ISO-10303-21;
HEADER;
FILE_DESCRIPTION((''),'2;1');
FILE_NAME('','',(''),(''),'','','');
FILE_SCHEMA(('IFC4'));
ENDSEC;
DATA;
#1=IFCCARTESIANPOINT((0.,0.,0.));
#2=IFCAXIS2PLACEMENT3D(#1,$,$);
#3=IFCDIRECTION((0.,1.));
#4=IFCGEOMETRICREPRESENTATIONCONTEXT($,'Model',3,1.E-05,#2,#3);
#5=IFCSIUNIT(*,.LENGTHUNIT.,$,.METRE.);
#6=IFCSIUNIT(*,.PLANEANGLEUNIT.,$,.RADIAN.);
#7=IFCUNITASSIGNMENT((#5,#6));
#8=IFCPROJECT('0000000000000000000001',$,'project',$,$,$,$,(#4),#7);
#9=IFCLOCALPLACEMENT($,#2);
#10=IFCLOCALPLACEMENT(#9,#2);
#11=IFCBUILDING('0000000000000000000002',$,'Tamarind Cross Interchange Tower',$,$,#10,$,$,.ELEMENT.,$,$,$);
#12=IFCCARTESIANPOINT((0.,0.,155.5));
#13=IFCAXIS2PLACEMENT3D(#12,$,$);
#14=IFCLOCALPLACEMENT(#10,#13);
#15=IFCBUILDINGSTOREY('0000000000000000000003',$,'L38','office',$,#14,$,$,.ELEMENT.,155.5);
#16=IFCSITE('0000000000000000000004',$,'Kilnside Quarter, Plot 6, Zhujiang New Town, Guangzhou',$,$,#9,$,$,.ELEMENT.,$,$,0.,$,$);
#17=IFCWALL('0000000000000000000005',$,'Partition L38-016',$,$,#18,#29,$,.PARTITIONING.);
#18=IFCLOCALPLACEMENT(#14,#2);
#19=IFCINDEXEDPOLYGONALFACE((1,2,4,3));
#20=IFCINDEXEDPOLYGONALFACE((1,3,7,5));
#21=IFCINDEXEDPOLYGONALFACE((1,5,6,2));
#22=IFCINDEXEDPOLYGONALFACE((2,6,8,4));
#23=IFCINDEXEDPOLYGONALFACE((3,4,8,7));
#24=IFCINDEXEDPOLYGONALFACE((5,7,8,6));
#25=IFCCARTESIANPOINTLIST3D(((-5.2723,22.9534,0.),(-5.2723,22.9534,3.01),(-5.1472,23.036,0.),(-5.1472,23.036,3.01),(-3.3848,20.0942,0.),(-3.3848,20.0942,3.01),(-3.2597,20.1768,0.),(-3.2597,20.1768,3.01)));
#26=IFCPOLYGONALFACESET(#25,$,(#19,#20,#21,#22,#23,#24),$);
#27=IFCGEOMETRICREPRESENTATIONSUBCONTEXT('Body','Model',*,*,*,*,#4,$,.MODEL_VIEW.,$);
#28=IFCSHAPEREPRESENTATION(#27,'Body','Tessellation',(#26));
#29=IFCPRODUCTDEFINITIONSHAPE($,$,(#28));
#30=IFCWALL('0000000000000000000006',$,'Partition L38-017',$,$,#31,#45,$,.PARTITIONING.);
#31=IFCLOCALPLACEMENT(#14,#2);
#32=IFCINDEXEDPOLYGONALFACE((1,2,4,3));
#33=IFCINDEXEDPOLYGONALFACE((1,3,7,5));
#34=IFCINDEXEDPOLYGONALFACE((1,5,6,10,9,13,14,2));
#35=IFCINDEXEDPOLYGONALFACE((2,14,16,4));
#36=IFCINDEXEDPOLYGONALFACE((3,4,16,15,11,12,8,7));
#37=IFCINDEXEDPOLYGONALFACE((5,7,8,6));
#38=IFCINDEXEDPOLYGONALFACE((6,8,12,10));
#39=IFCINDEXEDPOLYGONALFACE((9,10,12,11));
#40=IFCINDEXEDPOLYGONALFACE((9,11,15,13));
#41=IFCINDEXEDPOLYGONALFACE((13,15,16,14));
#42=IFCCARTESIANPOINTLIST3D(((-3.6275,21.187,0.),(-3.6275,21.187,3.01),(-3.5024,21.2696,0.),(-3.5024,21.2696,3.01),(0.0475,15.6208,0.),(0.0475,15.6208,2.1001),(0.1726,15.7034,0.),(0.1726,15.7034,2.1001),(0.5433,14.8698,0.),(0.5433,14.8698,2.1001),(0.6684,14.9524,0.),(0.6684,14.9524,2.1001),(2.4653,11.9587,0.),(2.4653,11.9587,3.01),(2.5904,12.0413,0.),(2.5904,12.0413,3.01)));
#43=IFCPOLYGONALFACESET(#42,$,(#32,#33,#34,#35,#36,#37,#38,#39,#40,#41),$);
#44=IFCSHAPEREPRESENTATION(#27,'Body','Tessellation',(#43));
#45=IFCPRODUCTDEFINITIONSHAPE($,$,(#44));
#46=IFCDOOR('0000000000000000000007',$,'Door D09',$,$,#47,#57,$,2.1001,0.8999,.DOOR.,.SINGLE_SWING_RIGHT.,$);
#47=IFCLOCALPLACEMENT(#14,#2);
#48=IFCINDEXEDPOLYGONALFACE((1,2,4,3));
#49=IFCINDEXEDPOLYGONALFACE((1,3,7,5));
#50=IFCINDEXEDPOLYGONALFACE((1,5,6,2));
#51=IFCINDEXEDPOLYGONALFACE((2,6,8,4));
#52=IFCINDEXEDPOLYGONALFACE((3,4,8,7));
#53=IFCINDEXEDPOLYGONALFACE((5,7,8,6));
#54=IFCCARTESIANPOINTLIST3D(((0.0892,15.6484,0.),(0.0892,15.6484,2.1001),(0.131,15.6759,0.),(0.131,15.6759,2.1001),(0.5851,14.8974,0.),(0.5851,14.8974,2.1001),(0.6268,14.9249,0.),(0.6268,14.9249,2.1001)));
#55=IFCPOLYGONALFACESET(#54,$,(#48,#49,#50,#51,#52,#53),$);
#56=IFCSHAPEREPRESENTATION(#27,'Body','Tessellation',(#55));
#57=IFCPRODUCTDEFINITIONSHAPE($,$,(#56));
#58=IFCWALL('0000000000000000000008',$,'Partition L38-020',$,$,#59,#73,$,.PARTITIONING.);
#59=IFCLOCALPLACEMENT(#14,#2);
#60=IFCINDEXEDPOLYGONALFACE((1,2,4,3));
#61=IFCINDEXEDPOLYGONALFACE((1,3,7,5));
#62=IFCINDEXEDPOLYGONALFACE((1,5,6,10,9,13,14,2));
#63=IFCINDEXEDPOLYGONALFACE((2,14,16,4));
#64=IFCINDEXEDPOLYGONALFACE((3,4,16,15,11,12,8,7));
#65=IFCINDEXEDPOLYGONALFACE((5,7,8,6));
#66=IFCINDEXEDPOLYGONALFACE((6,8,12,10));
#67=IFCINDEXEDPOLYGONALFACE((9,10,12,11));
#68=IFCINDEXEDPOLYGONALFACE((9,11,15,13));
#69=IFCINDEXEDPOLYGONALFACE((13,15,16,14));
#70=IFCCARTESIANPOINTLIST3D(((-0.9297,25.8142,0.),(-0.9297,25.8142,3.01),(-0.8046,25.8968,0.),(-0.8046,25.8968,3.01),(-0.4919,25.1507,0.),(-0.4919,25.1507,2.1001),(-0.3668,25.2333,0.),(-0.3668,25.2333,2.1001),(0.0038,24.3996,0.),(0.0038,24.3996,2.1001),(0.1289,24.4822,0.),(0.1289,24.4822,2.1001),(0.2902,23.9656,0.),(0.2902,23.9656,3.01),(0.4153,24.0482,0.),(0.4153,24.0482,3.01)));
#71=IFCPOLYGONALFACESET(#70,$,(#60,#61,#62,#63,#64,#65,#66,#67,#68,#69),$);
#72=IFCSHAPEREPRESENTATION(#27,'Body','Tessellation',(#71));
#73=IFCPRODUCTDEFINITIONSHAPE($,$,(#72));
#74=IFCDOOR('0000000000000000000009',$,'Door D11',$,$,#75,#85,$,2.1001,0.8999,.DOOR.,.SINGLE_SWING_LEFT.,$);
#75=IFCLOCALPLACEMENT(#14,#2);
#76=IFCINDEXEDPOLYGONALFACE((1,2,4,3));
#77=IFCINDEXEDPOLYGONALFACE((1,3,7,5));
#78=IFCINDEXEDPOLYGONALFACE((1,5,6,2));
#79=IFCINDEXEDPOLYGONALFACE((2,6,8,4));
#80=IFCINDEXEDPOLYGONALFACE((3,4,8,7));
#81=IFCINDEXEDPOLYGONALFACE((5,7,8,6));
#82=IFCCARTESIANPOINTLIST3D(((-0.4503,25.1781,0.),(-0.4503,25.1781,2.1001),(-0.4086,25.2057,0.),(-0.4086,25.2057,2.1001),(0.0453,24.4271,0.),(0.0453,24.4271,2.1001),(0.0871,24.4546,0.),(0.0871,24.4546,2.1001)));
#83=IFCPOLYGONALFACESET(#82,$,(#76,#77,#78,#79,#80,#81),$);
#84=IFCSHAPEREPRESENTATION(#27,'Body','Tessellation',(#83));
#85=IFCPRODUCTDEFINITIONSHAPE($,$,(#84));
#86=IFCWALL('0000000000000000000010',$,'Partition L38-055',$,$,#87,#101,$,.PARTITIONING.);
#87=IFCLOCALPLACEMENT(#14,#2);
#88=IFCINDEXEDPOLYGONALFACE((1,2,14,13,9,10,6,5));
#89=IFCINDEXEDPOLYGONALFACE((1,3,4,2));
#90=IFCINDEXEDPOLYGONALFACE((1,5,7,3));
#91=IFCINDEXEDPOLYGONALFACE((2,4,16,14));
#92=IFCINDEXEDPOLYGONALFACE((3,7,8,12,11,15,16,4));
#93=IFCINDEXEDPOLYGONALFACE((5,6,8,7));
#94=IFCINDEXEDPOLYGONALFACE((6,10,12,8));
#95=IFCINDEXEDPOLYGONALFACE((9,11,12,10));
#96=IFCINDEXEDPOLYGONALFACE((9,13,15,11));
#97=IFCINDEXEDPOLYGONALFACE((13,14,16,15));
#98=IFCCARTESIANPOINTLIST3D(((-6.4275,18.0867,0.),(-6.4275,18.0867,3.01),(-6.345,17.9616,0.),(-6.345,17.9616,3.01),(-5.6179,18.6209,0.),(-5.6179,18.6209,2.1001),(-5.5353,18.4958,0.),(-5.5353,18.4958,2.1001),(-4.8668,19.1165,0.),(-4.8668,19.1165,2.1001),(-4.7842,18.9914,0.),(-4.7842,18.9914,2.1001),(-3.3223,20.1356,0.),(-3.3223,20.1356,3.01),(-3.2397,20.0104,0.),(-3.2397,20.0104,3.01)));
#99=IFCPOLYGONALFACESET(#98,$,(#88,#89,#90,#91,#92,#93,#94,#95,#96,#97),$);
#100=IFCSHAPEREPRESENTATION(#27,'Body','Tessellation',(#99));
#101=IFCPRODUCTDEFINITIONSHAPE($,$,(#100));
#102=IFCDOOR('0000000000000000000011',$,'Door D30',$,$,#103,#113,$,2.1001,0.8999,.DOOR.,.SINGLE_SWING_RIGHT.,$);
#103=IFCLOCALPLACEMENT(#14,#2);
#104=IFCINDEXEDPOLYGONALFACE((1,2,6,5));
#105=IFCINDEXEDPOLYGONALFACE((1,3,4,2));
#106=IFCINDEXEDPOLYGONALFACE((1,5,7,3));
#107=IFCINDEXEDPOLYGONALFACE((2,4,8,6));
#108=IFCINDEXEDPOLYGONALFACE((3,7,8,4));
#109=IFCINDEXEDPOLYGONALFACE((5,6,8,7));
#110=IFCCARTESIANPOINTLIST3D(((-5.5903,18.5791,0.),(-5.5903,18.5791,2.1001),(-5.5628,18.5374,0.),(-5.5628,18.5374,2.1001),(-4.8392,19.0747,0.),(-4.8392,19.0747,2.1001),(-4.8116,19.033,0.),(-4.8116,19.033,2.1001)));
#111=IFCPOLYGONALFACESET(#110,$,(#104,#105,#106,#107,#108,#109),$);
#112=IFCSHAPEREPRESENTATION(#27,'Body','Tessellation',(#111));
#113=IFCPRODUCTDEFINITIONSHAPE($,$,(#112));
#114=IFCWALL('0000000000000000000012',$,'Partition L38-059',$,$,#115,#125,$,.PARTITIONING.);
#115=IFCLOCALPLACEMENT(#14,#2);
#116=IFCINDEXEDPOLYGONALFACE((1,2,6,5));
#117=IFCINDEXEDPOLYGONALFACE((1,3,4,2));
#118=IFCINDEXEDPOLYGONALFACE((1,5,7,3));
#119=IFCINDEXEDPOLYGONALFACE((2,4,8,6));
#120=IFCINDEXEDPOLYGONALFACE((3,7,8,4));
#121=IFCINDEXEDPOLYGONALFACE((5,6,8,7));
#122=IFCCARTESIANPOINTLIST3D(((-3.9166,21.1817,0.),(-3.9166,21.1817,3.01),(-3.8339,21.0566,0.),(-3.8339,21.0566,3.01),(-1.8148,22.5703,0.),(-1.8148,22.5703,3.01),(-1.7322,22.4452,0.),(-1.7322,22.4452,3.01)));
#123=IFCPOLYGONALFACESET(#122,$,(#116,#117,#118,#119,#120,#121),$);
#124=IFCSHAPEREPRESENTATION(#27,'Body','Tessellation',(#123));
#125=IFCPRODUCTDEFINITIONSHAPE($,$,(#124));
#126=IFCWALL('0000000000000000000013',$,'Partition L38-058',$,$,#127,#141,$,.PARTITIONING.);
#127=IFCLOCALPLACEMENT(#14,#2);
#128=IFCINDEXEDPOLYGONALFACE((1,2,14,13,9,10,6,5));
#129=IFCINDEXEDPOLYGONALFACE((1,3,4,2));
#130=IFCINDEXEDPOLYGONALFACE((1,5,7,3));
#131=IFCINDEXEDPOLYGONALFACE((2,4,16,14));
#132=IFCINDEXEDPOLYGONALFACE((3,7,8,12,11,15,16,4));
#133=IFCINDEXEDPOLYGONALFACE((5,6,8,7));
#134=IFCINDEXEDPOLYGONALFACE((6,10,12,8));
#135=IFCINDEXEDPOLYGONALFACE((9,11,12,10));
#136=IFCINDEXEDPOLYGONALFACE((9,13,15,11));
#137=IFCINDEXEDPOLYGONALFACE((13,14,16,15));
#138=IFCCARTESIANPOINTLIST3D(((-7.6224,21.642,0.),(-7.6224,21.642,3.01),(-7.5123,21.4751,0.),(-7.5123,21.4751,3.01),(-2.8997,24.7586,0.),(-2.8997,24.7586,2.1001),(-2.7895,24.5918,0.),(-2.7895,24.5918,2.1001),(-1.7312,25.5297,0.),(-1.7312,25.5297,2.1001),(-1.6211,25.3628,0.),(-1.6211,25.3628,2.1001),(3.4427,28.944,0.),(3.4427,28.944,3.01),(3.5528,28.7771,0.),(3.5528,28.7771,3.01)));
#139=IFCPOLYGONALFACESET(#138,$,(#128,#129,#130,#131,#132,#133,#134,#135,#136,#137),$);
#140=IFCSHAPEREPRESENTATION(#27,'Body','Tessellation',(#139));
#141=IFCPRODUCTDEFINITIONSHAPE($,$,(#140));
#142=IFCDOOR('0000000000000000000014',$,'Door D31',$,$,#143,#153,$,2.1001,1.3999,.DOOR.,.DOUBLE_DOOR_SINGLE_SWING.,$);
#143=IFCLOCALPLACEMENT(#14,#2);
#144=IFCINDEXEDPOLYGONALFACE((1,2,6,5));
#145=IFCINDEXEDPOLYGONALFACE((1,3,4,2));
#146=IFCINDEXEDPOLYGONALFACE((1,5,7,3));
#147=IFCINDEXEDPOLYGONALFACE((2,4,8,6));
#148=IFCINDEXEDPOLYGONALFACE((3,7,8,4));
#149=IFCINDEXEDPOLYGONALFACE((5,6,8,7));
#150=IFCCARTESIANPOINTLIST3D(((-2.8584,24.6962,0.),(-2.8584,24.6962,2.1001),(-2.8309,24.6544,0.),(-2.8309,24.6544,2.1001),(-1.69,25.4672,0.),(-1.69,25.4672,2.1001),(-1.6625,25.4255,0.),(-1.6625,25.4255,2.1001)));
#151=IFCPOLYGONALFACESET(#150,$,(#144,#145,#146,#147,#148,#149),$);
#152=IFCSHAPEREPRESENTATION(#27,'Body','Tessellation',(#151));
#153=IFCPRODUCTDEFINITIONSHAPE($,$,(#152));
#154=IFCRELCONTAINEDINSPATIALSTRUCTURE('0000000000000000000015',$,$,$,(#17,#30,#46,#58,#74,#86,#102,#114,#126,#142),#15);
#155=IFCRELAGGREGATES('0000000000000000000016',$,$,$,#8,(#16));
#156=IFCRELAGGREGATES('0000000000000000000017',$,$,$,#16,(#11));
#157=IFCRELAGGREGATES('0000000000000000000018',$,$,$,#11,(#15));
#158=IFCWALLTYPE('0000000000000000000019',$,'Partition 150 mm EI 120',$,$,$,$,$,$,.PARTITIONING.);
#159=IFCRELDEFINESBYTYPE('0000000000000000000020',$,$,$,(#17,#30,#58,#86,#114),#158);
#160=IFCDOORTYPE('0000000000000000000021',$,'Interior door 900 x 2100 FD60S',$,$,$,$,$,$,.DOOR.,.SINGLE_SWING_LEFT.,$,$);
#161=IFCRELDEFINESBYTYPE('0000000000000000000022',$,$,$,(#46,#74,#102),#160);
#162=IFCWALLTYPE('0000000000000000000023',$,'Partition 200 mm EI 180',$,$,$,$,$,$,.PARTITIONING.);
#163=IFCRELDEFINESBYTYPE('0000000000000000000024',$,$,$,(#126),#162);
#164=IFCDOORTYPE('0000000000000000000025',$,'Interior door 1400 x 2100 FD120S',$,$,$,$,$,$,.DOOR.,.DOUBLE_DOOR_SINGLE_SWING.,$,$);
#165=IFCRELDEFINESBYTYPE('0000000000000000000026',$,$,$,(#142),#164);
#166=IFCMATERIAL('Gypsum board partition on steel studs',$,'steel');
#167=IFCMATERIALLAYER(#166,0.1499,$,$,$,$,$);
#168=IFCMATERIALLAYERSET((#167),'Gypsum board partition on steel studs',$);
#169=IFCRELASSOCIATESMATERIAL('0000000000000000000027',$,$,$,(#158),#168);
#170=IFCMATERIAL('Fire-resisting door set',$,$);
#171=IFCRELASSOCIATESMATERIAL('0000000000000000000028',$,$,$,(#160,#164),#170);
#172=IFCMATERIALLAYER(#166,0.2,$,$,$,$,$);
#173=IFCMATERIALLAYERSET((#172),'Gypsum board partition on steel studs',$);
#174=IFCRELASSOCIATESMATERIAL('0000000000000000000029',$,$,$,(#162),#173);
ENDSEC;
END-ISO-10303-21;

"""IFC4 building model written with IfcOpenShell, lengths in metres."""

from ifc_helpers import new_model, si_unit, direction, frame, frame_2d, origin, place, context, subcontext, project, spatial, rectangle, extrude, material, layer, layer_set, type_object, element, fill, save


model = new_model("IFC4")

# Units and contexts
model_context = context("Model", 3, precision=1e-05, world=origin(), true_north=direction((0.0, 1.0)))
body_context = subcontext(model_context, "Body", "Model", "MODEL_VIEW")
ifc_project = project(units=[si_unit("LENGTHUNIT", "METRE"), si_unit("PLANEANGLEUNIT", "RADIAN")], contexts=[model_context])

# Site, building, storey
site_placement = place(None, origin())
site = spatial("IfcSite", under=ifc_project, at=site_placement, Name="Kilnside Quarter, Plot 6, Zhujiang New Town, Guangzhou", CompositionType="ELEMENT", RefElevation=0.0)
building_placement = place(site_placement, origin())
building = spatial("IfcBuilding", under=site, at=building_placement, Name="Tamarind Cross Interchange Tower", CompositionType="ELEMENT")
storey_placement = place(building_placement, frame((0.0, 0.0, 155.5)))
storey = spatial("IfcBuildingStorey", under=building, at=storey_placement, Name="L38", Description="office", CompositionType="ELEMENT", Elevation=155.5)

# Wall
ifc_material_1 = material(Name="Gypsum board partition on steel studs", Category="steel")
ifc_layer_1 = layer(ifc_material_1, 0.1499)
ifc_layer_set_1 = layer_set([ifc_layer_1], Name="Gypsum board partition on steel studs")
wall_type_1 = type_object("IfcWallType", Name="Partition 150 mm EI 120", PredefinedType="PARTITIONING", material=ifc_layer_set_1)
wall_1_placement = place(storey_placement, frame((-5.2097, 22.9946, 0.0), z_axis=(0.0, 0.0, 1.0), x_axis=(0.550929, -0.834552, 0.0)))
element("IfcWall", 1, at=wall_1_placement, inside=storey, type_object=wall_type_1, Name="Partition L38-016", PredefinedType="PARTITIONING", context=body_context, shape_type="SweptSolid", body=[
    extrude(rectangle(XDim=3.426, YDim=0.1499, at=frame_2d((1.7129, 0.0))), origin(), (0.0, 0.0, 1.0), 3.01),
])

# Walls, openings, doors
wall_2_placement = place(storey_placement, frame((-3.5649, 21.2283, 0.0), z_axis=(0.0, 0.0, 1.0), x_axis=(0.550975, -0.834521, 0.0)))
wall_2 = element("IfcWall", 2, at=wall_2_placement, inside=storey, type_object=wall_type_1, Name="Partition L38-017", PredefinedType="PARTITIONING", context=body_context, shape_type="SweptSolid", body=[
    extrude(rectangle(XDim=11.0581, YDim=0.1499, at=frame_2d((5.5291, 0.0))), origin(), (0.0, 0.0, 1.0), 3.01),
])
opening_1_placement = place(wall_2_placement, frame((6.6699, 0.0, 0.0)))
opening_1 = element("IfcOpeningElement", 3, at=opening_1_placement, cuts=wall_2, PredefinedType="OPENING", context=body_context, shape_type="SweptSolid", body=[
    extrude(rectangle(XDim=0.8999, YDim=2.1001, at=frame_2d((0.45, 1.05))), frame((0.0, 0.085, 0.0), z_axis=(0.0, -1.0, 0.0), x_axis=(1.0, 0.0, 0.0)), (0.0, 0.0, 1.0), 0.1699),
])
ifc_material_2 = material(Name="Fire-resisting door set")
door_type_1 = type_object("IfcDoorType", Name="Interior door 900 x 2100 FD60S", OperationType="SINGLE_SWING_LEFT", PredefinedType="DOOR", material=ifc_material_2)
door_1_placement = place(opening_1_placement, frame((0.8999, 0.0, 0.0), z_axis=(0.0, 0.0, 1.0), x_axis=(-1.0, 0.0, 0.0)))
door_1 = element("IfcDoor", 4, at=door_1_placement, inside=storey, type_object=door_type_1, Name="Door D09", OperationType="SINGLE_SWING_RIGHT", OverallHeight=2.1001, OverallWidth=0.8999, PredefinedType="DOOR", context=body_context, shape_type="SweptSolid", body=[
    extrude(rectangle(XDim=0.8999, YDim=2.1001, at=frame_2d((0.45, 1.05))), frame((0.0, 0.0249, 0.0), z_axis=(0.0, -1.0, 0.0), x_axis=(1.0, 0.0, 0.0)), (0.0, 0.0, 1.0), 0.05),
])
fill(opening_1, door_1)
wall_3_placement = place(storey_placement, frame((-0.8672, 25.8555, 0.0), z_axis=(0.0, 0.0, 1.0), x_axis=(0.550802, -0.834636, 0.0)))
wall_3 = element("IfcWall", 5, at=wall_3_placement, inside=storey, type_object=wall_type_1, Name="Partition L38-020", PredefinedType="PARTITIONING", context=body_context, shape_type="SweptSolid", body=[
    extrude(rectangle(XDim=2.2148, YDim=0.1499, at=frame_2d((1.1074, 0.0))), origin(), (0.0, 0.0, 1.0), 3.01),
])
opening_2_placement = place(wall_3_placement, frame((0.7949, 0.0, 0.0)))
opening_2 = element("IfcOpeningElement", 6, at=opening_2_placement, cuts=wall_3, PredefinedType="OPENING", context=body_context, shape_type="SweptSolid", body=[
    extrude(rectangle(XDim=0.8999, YDim=2.1001, at=frame_2d((0.45, 1.05))), frame((0.0, 0.085, 0.0), z_axis=(0.0, -1.0, 0.0), x_axis=(1.0, 0.0, 0.0)), (0.0, 0.0, 1.0), 0.1699),
])
door_2_placement = place(opening_2_placement, origin())
door_2 = element("IfcDoor", 7, at=door_2_placement, inside=storey, type_object=door_type_1, Name="Door D11", OperationType="SINGLE_SWING_LEFT", OverallHeight=2.1001, OverallWidth=0.8999, PredefinedType="DOOR", context=body_context, shape_type="SweptSolid", body=[
    extrude(rectangle(XDim=0.8999, YDim=2.1001, at=frame_2d((0.45, 1.05))), frame((0.0, 0.0249, 0.0), z_axis=(0.0, -1.0, 0.0), x_axis=(1.0, 0.0, 0.0)), (0.0, 0.0, 1.0), 0.05),
])
fill(opening_2, door_2)
wall_4_placement = place(storey_placement, frame((-6.3862, 18.0242, 0.0), z_axis=(0.0, 0.0, 1.0), x_axis=(0.834686, 0.550726, 0.0)))
wall_4 = element("IfcWall", 8, at=wall_4_placement, inside=storey, type_object=wall_type_1, Name="Partition L38-055", PredefinedType="PARTITIONING", context=body_context, shape_type="SweptSolid", body=[
    extrude(rectangle(XDim=3.7202, YDim=0.1499, at=frame_2d((1.8601, 0.0))), origin(), (0.0, 0.0, 1.0), 3.01),
])
opening_3_placement = place(wall_4_placement, frame((0.97, 0.0, 0.0)))
opening_3 = element("IfcOpeningElement", 9, at=opening_3_placement, cuts=wall_4, PredefinedType="OPENING", context=body_context, shape_type="SweptSolid", body=[
    extrude(rectangle(XDim=0.8999, YDim=2.1001, at=frame_2d((0.45, 1.05))), frame((0.0, 0.085, 0.0), z_axis=(0.0, -1.0, 0.0), x_axis=(1.0, 0.0, 0.0)), (0.0, 0.0, 1.0), 0.1699),
])
door_3_placement = place(opening_3_placement, origin())
door_3 = element("IfcDoor", 10, at=door_3_placement, inside=storey, type_object=door_type_1, Name="Door D30", OperationType="SINGLE_SWING_RIGHT", OverallHeight=2.1001, OverallWidth=0.8999, PredefinedType="DOOR", context=body_context, shape_type="SweptSolid", body=[
    extrude(rectangle(XDim=0.8999, YDim=2.1001, at=frame_2d((0.45, 1.05))), frame((0.0, 0.0249, 0.0), z_axis=(0.0, -1.0, 0.0), x_axis=(1.0, 0.0, 0.0)), (0.0, 0.0, 1.0), 0.05),
])
fill(opening_3, door_3)

# Wall
wall_5_placement = place(storey_placement, frame((-3.8752, 21.1191, 0.0), z_axis=(0.0, 0.0, 1.0), x_axis=(0.834339, 0.551251, 0.0)))
element("IfcWall", 11, at=wall_5_placement, inside=storey, type_object=wall_type_1, Name="Partition L38-059", PredefinedType="PARTITIONING", context=body_context, shape_type="SweptSolid", body=[
    extrude(rectangle(XDim=2.519, YDim=0.1499, at=frame_2d((1.2595, 0.0))), origin(), (0.0, 0.0, 1.0), 3.01),
])

# Wall, opening, door
ifc_layer_2 = layer(ifc_material_1, 0.2)
ifc_layer_set_2 = layer_set([ifc_layer_2], Name="Gypsum board partition on steel studs")
wall_type_2 = type_object("IfcWallType", Name="Partition 200 mm EI 180", PredefinedType="PARTITIONING", material=ifc_layer_set_2)
wall_6_placement = place(storey_placement, frame((-7.5674, 21.5586, 0.0), z_axis=(0.0, 0.0, 1.0), x_axis=(0.834645, 0.550789, 0.0)))
wall_6 = element("IfcWall", 12, at=wall_6_placement, inside=storey, type_object=wall_type_2, Name="Partition L38-058", PredefinedType="PARTITIONING", context=body_context, shape_type="SweptSolid", body=[
    extrude(rectangle(XDim=13.2573, YDim=0.2, at=frame_2d((6.6287, 0.0))), origin(), (0.0, 0.0, 1.0), 3.01),
])
opening_4_placement = place(wall_6_placement, frame((5.6584, 0.0, 0.0)))
opening_4 = element("IfcOpeningElement", 13, at=opening_4_placement, cuts=wall_6, PredefinedType="OPENING", context=body_context, shape_type="SweptSolid", body=[
    extrude(rectangle(XDim=1.3999, YDim=2.1001, at=frame_2d((0.7, 1.05))), frame((0.0, 0.1099, 0.0), z_axis=(0.0, -1.0, 0.0), x_axis=(1.0, 0.0, 0.0)), (0.0, 0.0, 1.0), 0.22),
])
door_type_2 = type_object("IfcDoorType", Name="Interior door 1400 x 2100 FD120S", OperationType="DOUBLE_DOOR_SINGLE_SWING", PredefinedType="DOOR", material=ifc_material_2)
door_4_placement = place(opening_4_placement, frame((1.3999, 0.0, 0.0), z_axis=(0.0, 0.0, 1.0), x_axis=(-1.0, 0.0, 0.0)))
door_4 = element("IfcDoor", 14, at=door_4_placement, inside=storey, type_object=door_type_2, Name="Door D31", OperationType="DOUBLE_DOOR_SINGLE_SWING", OverallHeight=2.1001, OverallWidth=1.3999, PredefinedType="DOOR", context=body_context, shape_type="SweptSolid", body=[
    extrude(rectangle(XDim=1.3999, YDim=2.1001, at=frame_2d((0.7, 1.05))), frame((0.0, 0.0249, 0.0), z_axis=(0.0, -1.0, 0.0), x_axis=(1.0, 0.0, 0.0)), (0.0, 0.0, 1.0), 0.05),
])
fill(opening_4, door_4)

save(model, "model.ifc")
